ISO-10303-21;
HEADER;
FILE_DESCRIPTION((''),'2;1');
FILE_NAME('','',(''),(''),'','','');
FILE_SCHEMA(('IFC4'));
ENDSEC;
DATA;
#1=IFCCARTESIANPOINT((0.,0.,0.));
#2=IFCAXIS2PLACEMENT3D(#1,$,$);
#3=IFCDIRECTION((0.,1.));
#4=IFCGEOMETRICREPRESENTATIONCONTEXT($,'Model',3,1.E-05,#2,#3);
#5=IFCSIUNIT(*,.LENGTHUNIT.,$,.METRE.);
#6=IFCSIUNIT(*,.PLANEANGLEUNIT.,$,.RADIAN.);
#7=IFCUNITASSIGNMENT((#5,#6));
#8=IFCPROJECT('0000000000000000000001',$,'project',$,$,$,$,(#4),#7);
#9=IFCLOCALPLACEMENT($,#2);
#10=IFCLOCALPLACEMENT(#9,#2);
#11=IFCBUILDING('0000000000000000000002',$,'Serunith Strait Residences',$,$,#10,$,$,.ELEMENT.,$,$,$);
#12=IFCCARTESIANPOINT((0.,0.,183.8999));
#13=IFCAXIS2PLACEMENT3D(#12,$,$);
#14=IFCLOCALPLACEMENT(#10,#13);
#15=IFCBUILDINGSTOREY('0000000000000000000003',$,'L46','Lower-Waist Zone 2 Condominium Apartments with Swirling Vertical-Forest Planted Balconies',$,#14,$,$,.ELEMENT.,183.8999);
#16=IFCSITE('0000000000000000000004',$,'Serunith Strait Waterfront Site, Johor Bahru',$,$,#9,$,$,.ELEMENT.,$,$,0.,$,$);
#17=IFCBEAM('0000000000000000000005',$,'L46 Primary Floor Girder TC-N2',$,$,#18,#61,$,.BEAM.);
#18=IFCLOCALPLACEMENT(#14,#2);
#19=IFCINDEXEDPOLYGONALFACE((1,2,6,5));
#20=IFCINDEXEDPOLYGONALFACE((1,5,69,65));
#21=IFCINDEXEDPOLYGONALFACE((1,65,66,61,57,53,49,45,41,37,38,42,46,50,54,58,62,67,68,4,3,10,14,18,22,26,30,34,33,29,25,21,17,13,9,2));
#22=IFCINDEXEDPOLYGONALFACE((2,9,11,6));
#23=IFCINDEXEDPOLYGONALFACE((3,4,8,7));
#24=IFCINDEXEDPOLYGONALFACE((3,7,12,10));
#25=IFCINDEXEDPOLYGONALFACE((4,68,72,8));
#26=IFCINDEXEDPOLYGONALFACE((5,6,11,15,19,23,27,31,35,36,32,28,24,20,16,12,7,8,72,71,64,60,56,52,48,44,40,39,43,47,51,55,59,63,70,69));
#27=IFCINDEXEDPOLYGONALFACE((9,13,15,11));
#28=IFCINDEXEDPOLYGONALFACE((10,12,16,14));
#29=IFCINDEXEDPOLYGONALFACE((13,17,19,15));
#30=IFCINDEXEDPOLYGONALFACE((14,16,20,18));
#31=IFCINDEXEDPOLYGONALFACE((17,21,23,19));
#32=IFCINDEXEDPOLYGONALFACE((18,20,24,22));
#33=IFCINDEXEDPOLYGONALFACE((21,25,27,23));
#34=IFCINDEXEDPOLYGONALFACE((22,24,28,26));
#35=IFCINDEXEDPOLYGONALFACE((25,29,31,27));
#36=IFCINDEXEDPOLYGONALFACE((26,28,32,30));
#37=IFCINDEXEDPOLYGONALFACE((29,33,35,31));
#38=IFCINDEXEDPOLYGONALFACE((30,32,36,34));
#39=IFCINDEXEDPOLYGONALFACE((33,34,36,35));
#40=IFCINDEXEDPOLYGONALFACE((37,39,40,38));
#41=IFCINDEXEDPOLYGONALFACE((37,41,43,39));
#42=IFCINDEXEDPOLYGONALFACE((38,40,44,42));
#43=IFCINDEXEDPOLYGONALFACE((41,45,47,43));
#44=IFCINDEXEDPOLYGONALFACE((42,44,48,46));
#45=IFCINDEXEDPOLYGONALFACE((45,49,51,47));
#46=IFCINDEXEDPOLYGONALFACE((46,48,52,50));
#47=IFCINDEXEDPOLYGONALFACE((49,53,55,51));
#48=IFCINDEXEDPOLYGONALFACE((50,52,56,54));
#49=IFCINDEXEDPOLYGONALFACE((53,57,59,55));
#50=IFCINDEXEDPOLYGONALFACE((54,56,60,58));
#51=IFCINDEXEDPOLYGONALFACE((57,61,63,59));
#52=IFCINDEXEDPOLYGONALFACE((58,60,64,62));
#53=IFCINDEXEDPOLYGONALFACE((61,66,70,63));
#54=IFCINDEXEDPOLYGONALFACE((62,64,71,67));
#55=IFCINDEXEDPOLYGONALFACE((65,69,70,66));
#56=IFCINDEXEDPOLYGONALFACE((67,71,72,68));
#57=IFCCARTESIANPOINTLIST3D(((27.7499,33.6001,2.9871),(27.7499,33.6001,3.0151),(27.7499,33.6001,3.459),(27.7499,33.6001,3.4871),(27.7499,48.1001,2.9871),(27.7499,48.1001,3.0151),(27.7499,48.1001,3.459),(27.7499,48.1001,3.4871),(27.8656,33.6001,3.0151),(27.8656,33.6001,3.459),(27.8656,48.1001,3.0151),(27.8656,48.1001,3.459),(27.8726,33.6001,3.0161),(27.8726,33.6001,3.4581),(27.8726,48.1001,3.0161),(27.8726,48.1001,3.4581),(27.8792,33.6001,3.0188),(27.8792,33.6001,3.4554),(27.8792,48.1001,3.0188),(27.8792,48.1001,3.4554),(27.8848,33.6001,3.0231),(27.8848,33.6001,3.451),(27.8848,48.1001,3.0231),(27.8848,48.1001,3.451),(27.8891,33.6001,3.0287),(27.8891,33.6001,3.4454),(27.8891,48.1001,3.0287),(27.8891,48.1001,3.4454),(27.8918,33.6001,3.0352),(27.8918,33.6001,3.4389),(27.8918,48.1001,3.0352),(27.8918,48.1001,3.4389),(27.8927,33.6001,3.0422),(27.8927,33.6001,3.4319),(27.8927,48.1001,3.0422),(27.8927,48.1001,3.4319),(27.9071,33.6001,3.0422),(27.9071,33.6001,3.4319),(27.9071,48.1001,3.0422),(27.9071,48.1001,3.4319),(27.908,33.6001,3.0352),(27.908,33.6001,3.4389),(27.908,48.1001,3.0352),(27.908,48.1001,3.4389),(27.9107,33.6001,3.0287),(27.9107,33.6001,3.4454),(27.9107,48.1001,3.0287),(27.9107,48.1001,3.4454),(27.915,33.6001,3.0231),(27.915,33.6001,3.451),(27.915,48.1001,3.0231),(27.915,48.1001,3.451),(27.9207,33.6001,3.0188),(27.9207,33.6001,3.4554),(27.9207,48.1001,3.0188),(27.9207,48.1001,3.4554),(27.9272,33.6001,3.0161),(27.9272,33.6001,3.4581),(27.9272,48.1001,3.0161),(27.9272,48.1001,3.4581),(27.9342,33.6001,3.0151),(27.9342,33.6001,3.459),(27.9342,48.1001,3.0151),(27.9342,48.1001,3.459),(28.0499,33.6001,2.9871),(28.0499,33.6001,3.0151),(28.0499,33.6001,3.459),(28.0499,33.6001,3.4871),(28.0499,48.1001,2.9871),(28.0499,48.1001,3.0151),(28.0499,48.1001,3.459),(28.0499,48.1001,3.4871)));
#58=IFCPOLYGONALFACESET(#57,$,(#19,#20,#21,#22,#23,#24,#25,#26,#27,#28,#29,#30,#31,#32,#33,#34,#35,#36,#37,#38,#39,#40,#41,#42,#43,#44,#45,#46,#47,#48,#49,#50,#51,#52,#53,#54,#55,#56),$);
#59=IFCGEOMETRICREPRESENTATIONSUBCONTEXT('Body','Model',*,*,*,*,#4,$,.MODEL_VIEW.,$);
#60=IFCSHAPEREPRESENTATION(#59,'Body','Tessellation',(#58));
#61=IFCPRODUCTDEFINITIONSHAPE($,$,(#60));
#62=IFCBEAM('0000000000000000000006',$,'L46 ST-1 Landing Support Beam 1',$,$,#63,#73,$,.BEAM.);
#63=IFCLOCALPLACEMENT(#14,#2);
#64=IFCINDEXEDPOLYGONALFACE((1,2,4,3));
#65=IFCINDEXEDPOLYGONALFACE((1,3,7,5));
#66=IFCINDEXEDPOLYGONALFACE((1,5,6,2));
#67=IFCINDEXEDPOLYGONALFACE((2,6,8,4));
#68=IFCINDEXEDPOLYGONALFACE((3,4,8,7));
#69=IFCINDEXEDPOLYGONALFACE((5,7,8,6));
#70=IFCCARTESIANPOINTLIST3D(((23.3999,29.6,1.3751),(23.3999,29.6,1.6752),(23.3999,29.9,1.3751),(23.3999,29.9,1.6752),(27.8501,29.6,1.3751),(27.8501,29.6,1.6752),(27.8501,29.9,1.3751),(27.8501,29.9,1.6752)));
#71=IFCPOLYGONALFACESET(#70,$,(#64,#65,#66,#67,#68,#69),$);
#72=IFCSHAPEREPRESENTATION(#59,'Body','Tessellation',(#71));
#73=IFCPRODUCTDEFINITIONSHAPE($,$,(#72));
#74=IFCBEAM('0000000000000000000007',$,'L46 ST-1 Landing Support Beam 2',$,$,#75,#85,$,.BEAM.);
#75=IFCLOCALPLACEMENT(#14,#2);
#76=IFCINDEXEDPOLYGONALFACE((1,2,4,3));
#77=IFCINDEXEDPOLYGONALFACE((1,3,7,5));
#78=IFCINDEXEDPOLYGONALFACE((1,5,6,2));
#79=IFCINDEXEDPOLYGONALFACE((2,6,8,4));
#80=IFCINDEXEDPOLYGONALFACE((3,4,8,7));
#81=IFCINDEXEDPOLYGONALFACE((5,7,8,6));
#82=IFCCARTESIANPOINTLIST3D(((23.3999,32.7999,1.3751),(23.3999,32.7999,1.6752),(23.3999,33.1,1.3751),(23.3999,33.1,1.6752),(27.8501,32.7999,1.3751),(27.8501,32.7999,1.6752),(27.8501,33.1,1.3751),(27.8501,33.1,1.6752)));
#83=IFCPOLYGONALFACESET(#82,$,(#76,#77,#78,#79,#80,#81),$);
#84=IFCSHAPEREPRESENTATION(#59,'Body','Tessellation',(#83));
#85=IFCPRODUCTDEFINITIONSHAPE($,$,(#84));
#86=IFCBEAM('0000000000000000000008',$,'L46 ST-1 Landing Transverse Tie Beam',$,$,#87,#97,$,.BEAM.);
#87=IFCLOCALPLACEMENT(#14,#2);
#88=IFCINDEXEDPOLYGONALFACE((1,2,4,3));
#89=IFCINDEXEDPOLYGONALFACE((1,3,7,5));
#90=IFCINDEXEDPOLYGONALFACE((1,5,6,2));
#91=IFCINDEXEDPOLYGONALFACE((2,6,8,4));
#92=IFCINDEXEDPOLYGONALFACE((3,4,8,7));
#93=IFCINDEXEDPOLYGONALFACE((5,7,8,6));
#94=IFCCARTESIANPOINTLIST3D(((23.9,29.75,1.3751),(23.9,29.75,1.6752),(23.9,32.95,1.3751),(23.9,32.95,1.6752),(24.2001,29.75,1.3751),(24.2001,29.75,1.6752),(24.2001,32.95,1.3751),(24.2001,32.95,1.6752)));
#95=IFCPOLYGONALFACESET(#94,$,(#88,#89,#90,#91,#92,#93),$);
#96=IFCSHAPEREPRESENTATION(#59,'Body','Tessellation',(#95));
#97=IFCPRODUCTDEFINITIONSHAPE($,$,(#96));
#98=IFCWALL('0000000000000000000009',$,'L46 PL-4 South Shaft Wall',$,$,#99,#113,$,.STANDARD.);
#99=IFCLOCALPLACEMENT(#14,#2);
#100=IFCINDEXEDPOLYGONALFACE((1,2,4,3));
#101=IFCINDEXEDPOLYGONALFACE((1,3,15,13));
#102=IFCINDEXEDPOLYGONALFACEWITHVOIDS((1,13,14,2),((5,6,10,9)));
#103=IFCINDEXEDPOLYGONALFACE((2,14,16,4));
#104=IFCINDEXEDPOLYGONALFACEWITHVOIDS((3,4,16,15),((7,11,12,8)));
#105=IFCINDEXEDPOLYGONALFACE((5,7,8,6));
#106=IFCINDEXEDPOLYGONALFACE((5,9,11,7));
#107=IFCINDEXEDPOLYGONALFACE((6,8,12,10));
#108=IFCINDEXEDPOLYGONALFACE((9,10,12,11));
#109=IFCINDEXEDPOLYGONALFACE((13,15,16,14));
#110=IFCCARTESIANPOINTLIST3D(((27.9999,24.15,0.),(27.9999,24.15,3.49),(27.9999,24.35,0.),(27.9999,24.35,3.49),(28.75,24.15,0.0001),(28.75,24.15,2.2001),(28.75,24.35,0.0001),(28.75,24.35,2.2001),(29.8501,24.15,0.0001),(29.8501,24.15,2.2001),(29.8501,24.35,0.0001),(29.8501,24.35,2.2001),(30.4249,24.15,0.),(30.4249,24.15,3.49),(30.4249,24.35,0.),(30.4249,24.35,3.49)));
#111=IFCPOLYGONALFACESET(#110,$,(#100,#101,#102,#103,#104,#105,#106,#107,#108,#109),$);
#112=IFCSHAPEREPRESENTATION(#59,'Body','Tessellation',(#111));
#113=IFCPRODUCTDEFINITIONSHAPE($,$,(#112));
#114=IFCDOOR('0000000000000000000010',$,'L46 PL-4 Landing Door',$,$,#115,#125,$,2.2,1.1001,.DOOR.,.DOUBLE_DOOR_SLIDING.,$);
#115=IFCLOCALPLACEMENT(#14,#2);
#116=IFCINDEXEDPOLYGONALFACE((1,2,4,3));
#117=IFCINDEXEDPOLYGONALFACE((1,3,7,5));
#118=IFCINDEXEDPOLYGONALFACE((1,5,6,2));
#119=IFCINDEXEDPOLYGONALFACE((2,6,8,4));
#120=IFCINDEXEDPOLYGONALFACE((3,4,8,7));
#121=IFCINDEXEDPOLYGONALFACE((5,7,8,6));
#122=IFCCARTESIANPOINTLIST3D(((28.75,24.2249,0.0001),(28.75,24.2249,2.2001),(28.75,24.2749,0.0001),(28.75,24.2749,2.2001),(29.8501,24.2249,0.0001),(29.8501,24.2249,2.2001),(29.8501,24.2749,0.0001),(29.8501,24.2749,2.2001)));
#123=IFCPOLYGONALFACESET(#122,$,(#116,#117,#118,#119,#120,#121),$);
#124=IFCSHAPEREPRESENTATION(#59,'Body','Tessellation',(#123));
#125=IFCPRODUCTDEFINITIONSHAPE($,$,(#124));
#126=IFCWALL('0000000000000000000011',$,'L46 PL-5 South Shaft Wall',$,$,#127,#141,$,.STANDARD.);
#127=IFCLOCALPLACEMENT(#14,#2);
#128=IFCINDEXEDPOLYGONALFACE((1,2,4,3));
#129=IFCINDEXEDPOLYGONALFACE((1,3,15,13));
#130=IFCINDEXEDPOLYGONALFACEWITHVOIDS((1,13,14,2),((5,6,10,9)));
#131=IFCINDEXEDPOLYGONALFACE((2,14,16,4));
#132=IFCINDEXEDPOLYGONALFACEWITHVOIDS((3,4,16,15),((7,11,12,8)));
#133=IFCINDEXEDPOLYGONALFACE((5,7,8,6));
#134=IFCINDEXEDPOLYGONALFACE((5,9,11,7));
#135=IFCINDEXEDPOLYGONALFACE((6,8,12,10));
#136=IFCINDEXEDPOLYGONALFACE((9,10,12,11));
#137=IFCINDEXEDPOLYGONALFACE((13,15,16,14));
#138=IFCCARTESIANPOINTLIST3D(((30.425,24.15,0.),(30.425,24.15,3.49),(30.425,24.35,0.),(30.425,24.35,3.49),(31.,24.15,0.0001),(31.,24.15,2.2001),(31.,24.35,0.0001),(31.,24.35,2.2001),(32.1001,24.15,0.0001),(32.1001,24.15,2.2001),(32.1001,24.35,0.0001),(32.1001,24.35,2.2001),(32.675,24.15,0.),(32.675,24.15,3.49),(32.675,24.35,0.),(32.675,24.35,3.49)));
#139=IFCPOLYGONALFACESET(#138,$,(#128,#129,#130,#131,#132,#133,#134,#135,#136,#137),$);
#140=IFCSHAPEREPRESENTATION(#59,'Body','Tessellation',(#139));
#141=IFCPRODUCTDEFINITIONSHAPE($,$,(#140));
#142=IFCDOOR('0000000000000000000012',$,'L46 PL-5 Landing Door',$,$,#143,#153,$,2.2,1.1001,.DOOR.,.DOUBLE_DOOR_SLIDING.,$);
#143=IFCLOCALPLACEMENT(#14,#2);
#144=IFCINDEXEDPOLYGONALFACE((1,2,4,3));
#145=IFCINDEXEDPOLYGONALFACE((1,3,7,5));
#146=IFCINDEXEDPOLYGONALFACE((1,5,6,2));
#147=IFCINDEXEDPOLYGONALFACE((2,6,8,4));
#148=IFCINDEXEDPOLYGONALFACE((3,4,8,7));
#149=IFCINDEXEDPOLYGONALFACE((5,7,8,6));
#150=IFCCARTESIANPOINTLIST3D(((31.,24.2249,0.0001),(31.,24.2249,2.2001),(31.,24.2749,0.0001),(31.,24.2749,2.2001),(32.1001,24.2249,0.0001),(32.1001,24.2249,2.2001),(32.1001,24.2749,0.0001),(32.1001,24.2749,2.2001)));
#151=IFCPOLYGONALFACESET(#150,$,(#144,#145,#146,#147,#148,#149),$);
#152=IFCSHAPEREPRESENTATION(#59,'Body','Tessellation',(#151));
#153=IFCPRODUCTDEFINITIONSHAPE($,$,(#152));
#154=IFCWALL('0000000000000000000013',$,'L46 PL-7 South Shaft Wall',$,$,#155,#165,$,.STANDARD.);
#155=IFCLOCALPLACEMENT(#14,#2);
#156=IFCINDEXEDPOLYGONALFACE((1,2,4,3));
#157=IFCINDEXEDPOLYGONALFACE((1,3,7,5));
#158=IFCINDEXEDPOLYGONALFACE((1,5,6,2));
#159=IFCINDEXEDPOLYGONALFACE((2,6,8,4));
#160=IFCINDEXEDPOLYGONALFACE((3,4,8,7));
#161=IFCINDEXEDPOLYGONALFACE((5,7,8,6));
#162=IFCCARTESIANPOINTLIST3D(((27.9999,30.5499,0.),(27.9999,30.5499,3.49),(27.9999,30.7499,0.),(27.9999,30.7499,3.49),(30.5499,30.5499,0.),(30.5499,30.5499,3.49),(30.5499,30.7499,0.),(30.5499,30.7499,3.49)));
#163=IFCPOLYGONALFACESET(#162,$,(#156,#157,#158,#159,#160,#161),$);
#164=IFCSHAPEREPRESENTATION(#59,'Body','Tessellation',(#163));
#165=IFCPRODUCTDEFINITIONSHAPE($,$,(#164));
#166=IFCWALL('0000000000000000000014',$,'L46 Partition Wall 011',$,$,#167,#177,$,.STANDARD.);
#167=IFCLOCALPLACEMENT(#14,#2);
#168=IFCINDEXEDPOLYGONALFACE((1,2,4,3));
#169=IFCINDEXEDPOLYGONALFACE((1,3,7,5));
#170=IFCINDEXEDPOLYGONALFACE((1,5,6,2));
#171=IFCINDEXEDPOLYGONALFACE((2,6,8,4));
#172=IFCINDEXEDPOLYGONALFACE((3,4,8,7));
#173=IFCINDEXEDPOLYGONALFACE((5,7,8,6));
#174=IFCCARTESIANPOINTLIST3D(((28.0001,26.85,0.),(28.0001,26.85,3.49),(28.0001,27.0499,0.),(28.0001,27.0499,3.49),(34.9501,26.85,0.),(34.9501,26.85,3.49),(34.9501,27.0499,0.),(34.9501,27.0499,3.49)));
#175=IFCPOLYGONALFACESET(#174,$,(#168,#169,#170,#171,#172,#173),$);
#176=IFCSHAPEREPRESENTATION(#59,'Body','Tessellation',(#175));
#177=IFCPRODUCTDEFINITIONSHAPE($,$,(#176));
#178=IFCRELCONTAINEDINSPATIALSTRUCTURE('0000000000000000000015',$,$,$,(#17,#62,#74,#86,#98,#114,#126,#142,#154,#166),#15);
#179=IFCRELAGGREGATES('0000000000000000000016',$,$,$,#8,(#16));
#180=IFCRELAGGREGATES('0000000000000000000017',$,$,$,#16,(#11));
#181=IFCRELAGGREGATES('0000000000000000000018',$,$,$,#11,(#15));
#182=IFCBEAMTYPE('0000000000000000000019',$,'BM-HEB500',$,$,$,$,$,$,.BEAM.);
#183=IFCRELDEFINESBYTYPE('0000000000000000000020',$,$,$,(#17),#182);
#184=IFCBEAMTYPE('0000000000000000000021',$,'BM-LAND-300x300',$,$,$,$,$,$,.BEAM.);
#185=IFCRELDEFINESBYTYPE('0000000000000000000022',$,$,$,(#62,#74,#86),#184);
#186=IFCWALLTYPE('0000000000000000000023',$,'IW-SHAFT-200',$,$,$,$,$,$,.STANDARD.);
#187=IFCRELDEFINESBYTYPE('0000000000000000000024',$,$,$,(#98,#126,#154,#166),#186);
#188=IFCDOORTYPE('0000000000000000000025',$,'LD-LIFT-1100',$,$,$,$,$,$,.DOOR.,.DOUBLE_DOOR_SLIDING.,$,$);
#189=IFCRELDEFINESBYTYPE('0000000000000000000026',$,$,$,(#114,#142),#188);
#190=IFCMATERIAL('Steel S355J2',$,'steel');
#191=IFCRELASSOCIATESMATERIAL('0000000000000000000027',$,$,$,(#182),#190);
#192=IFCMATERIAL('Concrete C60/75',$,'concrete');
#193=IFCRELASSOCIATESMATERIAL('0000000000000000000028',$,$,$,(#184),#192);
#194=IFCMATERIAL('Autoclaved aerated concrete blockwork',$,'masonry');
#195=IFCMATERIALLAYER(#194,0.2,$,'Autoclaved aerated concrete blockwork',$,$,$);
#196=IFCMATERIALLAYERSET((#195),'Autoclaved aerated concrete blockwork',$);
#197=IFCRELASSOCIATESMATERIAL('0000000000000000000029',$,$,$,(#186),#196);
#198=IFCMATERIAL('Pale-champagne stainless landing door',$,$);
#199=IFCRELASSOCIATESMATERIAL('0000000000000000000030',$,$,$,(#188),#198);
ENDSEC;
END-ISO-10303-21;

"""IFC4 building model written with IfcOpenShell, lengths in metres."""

from ifc_helpers import new_model, si_unit, direction, frame, frame_2d, origin, origin_2d, place, context, subcontext, project, spatial, rectangle, i_section, extrude, source, transform, mapped, material, layer, layer_set, material_profile, profile_set, type_object, element, fill, save


model = new_model("IFC4")

# Units and contexts
model_context = context("Model", 3, precision=1e-05, world=origin(), true_north=direction((0.0, 1.0)))
body_context = subcontext(model_context, "Body", "Model", "MODEL_VIEW")
ifc_project = project(units=[si_unit("LENGTHUNIT", "METRE"), si_unit("PLANEANGLEUNIT", "RADIAN")], contexts=[model_context])

# Site, building, storey
site_placement = place(None, origin())
site = spatial("IfcSite", under=ifc_project, at=site_placement, Name="Serunith Strait Waterfront Site, Johor Bahru", CompositionType="ELEMENT", RefElevation=0.0)
building_placement = place(site_placement, origin())
building = spatial("IfcBuilding", under=site, at=building_placement, Name="Serunith Strait Residences", CompositionType="ELEMENT")
storey_placement = place(building_placement, frame((0.0, 0.0, 183.8999)))
storey = spatial("IfcBuildingStorey", under=building, at=storey_placement, Name="L46", Description="Lower-Waist Zone 2 Condominium Apartments with Swirling Vertical-Forest Planted Balconies", CompositionType="ELEMENT", Elevation=183.8999)

# Beams
ifc_material_1 = material(Name="Steel S355J2", Category="steel")
ifc_material_profile_1 = material_profile(ifc_material_1, i_section(OverallWidth=0.3, OverallDepth=0.5, WebThickness=0.0144, FlangeThickness=0.0281, FilletRadius=0.0271, at=origin_2d()), Name="HEB 500")
ifc_profile_set_1 = profile_set([ifc_material_profile_1], Name="Steel S355J2")
beam_type_1 = type_object("IfcBeamType", Name="BM-HEB500", PredefinedType="BEAM", material=ifc_profile_set_1)
shared_shape_1 = source(origin(), body_context, "Body", "SweptSolid", [
    extrude(i_section(OverallWidth=0.3, OverallDepth=0.5, WebThickness=0.0144, FlangeThickness=0.0281, FilletRadius=0.0271, at=origin_2d()), origin(), (0.0, 0.0, 1.0), 14.5),
])
beam_1_placement = place(storey_placement, frame((27.8999, 33.6001, 3.2371), z_axis=(0.0, 1.0, 0.0), x_axis=(-1.0, 0.0, 0.0)))
element("IfcBeam", 1, at=beam_1_placement, inside=storey, type_object=beam_type_1, Name="L46 Primary Floor Girder TC-N2", PredefinedType="BEAM", context=body_context, shape_type="MappedRepresentation", body=[
    mapped(shared_shape_1, transform((0.0, 0.0, 0.0), scale=1.0)),
])
ifc_material_2 = material(Name="Concrete C60/75", Category="concrete")
ifc_material_profile_2 = material_profile(ifc_material_2, rectangle(XDim=0.3, YDim=0.3, at=origin_2d()), Name="RC 300x300")
ifc_profile_set_2 = profile_set([ifc_material_profile_2], Name="Concrete C60/75")
beam_type_2 = type_object("IfcBeamType", Name="BM-LAND-300x300", PredefinedType="BEAM", material=ifc_profile_set_2)
shared_shape_2 = source(origin(), body_context, "Body", "SweptSolid", [
    extrude(rectangle(XDim=0.3, YDim=0.3, at=origin_2d()), origin(), (0.0, 0.0, 1.0), 4.4502),
])
for number, where, z_axis, x_axis, name in (
    (2, (23.3999, 29.75, 1.5251), (1.0, 0.0, 0.0), (0.0, 1.0, 0.0), "L46 ST-1 Landing Support Beam 1"),
    (3, (23.3999, 32.95, 1.5251), (1.0, 0.0, 0.0), (0.0, 1.0, 0.0), "L46 ST-1 Landing Support Beam 2"),
):
    element("IfcBeam", number, at=place(storey_placement, frame(where, z_axis=z_axis, x_axis=x_axis)), inside=storey, type_object=beam_type_2, Name=name, PredefinedType="BEAM", context=body_context, shape_type="MappedRepresentation", body=[
        mapped(shared_shape_2, transform((0.0, 0.0, 0.0), scale=1.0)),
    ])
shared_shape_3 = source(origin(), body_context, "Body", "SweptSolid", [
    extrude(rectangle(XDim=0.3, YDim=0.3, at=origin_2d()), origin(), (0.0, 0.0, 1.0), 3.2),
])
beam_2_placement = place(storey_placement, frame((24.05, 29.75, 1.5251), z_axis=(0.0, 1.0, 0.0), x_axis=(-1.0, 0.0, 0.0)))
element("IfcBeam", 4, at=beam_2_placement, inside=storey, type_object=beam_type_2, Name="L46 ST-1 Landing Transverse Tie Beam", PredefinedType="BEAM", context=body_context, shape_type="MappedRepresentation", body=[
    mapped(shared_shape_3, transform((0.0, 0.0, 0.0), scale=1.0)),
])

# Walls, openings, doors
ifc_material_3 = material(Name="Autoclaved aerated concrete blockwork", Category="masonry")
ifc_layer_1 = layer(ifc_material_3, 0.2, Name="Autoclaved aerated concrete blockwork")
ifc_layer_set_1 = layer_set([ifc_layer_1], Name="Autoclaved aerated concrete blockwork")
wall_type_1 = type_object("IfcWallType", Name="IW-SHAFT-200", PredefinedType="STANDARD", material=ifc_layer_set_1)
wall_1_placement = place(storey_placement, frame((28.0, 24.25, 0.0), z_axis=(0.0, 0.0, 1.0), x_axis=(1.0, 0.0, 0.0)))
wall_1 = element("IfcWall", 5, at=wall_1_placement, inside=storey, type_object=wall_type_1, Name="L46 PL-4 South Shaft Wall", PredefinedType="STANDARD", context=body_context, shape_type="SweptSolid", body=[
    extrude(rectangle(XDim=2.425, YDim=0.2, at=frame_2d((1.2124, 0.0))), origin(), (0.0, 0.0, 1.0), 3.49),
])
opening_1_placement = place(wall_1_placement, frame((0.75, 0.0, 0.0)))
opening_1 = element("IfcOpeningElement", 6, at=opening_1_placement, cuts=wall_1, PredefinedType="OPENING", context=body_context, shape_type="SweptSolid", body=[
    extrude(rectangle(XDim=1.1001, YDim=2.2, at=frame_2d((0.55, 1.1001))), frame((0.0, 0.1099, 0.0), z_axis=(0.0, -1.0, 0.0), x_axis=(1.0, 0.0, 0.0)), (0.0, 0.0, 1.0), 0.22),
])
ifc_material_4 = material(Name="Pale-champagne stainless landing door")
door_type = type_object("IfcDoorType", Name="LD-LIFT-1100", OperationType="DOUBLE_DOOR_SLIDING", PredefinedType="DOOR", material=ifc_material_4)
shared_shape_4 = source(origin(), body_context, "Body", "SweptSolid", [
    extrude(rectangle(XDim=1.1001, YDim=2.2, at=frame_2d((0.55, 1.1001))), frame((0.0, 0.0249, 0.0), z_axis=(0.0, -1.0, 0.0), x_axis=(1.0, 0.0, 0.0)), (0.0, 0.0, 1.0), 0.05),
])
door_1_placement = place(opening_1_placement, origin())
door_1 = element("IfcDoor", 7, at=door_1_placement, inside=storey, type_object=door_type, Name="L46 PL-4 Landing Door", OperationType="DOUBLE_DOOR_SLIDING", OverallHeight=2.2, OverallWidth=1.1001, PredefinedType="DOOR", context=body_context, shape_type="MappedRepresentation", body=[
    mapped(shared_shape_4, transform((0.0, 0.0, 0.0), scale=1.0)),
])
fill(opening_1, door_1)
wall_2_placement = place(storey_placement, frame((30.425, 24.25, 0.0), z_axis=(0.0, 0.0, 1.0), x_axis=(1.0, 0.0, 0.0)))
wall_2 = element("IfcWall", 8, at=wall_2_placement, inside=storey, type_object=wall_type_1, Name="L46 PL-5 South Shaft Wall", PredefinedType="STANDARD", context=body_context, shape_type="SweptSolid", body=[
    extrude(rectangle(XDim=2.25, YDim=0.2, at=frame_2d((1.125, 0.0))), origin(), (0.0, 0.0, 1.0), 3.49),
])
opening_2_placement = place(wall_2_placement, frame((0.575, 0.0, 0.0)))
opening_2 = element("IfcOpeningElement", 9, at=opening_2_placement, cuts=wall_2, PredefinedType="OPENING", context=body_context, shape_type="SweptSolid", body=[
    extrude(rectangle(XDim=1.1001, YDim=2.2, at=frame_2d((0.55, 1.1001))), frame((0.0, 0.1099, 0.0), z_axis=(0.0, -1.0, 0.0), x_axis=(1.0, 0.0, 0.0)), (0.0, 0.0, 1.0), 0.22),
])
door_2_placement = place(opening_2_placement, origin())
door_2 = element("IfcDoor", 10, at=door_2_placement, inside=storey, type_object=door_type, Name="L46 PL-5 Landing Door", OperationType="DOUBLE_DOOR_SLIDING", OverallHeight=2.2, OverallWidth=1.1001, PredefinedType="DOOR", context=body_context, shape_type="MappedRepresentation", body=[
    mapped(shared_shape_4, transform((0.0, 0.0, 0.0), scale=1.0)),
])
fill(opening_2, door_2)

# Walls
wall_3_placement = place(storey_placement, frame((28.0, 30.6499, 0.0), z_axis=(0.0, 0.0, 1.0), x_axis=(1.0, 0.0, 0.0)))
element("IfcWall", 11, at=wall_3_placement, inside=storey, type_object=wall_type_1, Name="L46 PL-7 South Shaft Wall", PredefinedType="STANDARD", context=body_context, shape_type="SweptSolid", body=[
    extrude(rectangle(XDim=2.55, YDim=0.2, at=frame_2d((1.2749, 0.0))), origin(), (0.0, 0.0, 1.0), 3.49),
])
wall_4_placement = place(storey_placement, frame((28.0, 26.95, 0.0), z_axis=(0.0, 0.0, 1.0), x_axis=(1.0, 0.0, 0.0)))
element("IfcWall", 12, at=wall_4_placement, inside=storey, type_object=wall_type_1, Name="L46 Partition Wall 011", PredefinedType="STANDARD", context=body_context, shape_type="SweptSolid", body=[
    extrude(rectangle(XDim=6.95, YDim=0.2, at=frame_2d((3.4751, 0.0))), origin(), (0.0, 0.0, 1.0), 3.49),
])

save(model, "model.ifc")
